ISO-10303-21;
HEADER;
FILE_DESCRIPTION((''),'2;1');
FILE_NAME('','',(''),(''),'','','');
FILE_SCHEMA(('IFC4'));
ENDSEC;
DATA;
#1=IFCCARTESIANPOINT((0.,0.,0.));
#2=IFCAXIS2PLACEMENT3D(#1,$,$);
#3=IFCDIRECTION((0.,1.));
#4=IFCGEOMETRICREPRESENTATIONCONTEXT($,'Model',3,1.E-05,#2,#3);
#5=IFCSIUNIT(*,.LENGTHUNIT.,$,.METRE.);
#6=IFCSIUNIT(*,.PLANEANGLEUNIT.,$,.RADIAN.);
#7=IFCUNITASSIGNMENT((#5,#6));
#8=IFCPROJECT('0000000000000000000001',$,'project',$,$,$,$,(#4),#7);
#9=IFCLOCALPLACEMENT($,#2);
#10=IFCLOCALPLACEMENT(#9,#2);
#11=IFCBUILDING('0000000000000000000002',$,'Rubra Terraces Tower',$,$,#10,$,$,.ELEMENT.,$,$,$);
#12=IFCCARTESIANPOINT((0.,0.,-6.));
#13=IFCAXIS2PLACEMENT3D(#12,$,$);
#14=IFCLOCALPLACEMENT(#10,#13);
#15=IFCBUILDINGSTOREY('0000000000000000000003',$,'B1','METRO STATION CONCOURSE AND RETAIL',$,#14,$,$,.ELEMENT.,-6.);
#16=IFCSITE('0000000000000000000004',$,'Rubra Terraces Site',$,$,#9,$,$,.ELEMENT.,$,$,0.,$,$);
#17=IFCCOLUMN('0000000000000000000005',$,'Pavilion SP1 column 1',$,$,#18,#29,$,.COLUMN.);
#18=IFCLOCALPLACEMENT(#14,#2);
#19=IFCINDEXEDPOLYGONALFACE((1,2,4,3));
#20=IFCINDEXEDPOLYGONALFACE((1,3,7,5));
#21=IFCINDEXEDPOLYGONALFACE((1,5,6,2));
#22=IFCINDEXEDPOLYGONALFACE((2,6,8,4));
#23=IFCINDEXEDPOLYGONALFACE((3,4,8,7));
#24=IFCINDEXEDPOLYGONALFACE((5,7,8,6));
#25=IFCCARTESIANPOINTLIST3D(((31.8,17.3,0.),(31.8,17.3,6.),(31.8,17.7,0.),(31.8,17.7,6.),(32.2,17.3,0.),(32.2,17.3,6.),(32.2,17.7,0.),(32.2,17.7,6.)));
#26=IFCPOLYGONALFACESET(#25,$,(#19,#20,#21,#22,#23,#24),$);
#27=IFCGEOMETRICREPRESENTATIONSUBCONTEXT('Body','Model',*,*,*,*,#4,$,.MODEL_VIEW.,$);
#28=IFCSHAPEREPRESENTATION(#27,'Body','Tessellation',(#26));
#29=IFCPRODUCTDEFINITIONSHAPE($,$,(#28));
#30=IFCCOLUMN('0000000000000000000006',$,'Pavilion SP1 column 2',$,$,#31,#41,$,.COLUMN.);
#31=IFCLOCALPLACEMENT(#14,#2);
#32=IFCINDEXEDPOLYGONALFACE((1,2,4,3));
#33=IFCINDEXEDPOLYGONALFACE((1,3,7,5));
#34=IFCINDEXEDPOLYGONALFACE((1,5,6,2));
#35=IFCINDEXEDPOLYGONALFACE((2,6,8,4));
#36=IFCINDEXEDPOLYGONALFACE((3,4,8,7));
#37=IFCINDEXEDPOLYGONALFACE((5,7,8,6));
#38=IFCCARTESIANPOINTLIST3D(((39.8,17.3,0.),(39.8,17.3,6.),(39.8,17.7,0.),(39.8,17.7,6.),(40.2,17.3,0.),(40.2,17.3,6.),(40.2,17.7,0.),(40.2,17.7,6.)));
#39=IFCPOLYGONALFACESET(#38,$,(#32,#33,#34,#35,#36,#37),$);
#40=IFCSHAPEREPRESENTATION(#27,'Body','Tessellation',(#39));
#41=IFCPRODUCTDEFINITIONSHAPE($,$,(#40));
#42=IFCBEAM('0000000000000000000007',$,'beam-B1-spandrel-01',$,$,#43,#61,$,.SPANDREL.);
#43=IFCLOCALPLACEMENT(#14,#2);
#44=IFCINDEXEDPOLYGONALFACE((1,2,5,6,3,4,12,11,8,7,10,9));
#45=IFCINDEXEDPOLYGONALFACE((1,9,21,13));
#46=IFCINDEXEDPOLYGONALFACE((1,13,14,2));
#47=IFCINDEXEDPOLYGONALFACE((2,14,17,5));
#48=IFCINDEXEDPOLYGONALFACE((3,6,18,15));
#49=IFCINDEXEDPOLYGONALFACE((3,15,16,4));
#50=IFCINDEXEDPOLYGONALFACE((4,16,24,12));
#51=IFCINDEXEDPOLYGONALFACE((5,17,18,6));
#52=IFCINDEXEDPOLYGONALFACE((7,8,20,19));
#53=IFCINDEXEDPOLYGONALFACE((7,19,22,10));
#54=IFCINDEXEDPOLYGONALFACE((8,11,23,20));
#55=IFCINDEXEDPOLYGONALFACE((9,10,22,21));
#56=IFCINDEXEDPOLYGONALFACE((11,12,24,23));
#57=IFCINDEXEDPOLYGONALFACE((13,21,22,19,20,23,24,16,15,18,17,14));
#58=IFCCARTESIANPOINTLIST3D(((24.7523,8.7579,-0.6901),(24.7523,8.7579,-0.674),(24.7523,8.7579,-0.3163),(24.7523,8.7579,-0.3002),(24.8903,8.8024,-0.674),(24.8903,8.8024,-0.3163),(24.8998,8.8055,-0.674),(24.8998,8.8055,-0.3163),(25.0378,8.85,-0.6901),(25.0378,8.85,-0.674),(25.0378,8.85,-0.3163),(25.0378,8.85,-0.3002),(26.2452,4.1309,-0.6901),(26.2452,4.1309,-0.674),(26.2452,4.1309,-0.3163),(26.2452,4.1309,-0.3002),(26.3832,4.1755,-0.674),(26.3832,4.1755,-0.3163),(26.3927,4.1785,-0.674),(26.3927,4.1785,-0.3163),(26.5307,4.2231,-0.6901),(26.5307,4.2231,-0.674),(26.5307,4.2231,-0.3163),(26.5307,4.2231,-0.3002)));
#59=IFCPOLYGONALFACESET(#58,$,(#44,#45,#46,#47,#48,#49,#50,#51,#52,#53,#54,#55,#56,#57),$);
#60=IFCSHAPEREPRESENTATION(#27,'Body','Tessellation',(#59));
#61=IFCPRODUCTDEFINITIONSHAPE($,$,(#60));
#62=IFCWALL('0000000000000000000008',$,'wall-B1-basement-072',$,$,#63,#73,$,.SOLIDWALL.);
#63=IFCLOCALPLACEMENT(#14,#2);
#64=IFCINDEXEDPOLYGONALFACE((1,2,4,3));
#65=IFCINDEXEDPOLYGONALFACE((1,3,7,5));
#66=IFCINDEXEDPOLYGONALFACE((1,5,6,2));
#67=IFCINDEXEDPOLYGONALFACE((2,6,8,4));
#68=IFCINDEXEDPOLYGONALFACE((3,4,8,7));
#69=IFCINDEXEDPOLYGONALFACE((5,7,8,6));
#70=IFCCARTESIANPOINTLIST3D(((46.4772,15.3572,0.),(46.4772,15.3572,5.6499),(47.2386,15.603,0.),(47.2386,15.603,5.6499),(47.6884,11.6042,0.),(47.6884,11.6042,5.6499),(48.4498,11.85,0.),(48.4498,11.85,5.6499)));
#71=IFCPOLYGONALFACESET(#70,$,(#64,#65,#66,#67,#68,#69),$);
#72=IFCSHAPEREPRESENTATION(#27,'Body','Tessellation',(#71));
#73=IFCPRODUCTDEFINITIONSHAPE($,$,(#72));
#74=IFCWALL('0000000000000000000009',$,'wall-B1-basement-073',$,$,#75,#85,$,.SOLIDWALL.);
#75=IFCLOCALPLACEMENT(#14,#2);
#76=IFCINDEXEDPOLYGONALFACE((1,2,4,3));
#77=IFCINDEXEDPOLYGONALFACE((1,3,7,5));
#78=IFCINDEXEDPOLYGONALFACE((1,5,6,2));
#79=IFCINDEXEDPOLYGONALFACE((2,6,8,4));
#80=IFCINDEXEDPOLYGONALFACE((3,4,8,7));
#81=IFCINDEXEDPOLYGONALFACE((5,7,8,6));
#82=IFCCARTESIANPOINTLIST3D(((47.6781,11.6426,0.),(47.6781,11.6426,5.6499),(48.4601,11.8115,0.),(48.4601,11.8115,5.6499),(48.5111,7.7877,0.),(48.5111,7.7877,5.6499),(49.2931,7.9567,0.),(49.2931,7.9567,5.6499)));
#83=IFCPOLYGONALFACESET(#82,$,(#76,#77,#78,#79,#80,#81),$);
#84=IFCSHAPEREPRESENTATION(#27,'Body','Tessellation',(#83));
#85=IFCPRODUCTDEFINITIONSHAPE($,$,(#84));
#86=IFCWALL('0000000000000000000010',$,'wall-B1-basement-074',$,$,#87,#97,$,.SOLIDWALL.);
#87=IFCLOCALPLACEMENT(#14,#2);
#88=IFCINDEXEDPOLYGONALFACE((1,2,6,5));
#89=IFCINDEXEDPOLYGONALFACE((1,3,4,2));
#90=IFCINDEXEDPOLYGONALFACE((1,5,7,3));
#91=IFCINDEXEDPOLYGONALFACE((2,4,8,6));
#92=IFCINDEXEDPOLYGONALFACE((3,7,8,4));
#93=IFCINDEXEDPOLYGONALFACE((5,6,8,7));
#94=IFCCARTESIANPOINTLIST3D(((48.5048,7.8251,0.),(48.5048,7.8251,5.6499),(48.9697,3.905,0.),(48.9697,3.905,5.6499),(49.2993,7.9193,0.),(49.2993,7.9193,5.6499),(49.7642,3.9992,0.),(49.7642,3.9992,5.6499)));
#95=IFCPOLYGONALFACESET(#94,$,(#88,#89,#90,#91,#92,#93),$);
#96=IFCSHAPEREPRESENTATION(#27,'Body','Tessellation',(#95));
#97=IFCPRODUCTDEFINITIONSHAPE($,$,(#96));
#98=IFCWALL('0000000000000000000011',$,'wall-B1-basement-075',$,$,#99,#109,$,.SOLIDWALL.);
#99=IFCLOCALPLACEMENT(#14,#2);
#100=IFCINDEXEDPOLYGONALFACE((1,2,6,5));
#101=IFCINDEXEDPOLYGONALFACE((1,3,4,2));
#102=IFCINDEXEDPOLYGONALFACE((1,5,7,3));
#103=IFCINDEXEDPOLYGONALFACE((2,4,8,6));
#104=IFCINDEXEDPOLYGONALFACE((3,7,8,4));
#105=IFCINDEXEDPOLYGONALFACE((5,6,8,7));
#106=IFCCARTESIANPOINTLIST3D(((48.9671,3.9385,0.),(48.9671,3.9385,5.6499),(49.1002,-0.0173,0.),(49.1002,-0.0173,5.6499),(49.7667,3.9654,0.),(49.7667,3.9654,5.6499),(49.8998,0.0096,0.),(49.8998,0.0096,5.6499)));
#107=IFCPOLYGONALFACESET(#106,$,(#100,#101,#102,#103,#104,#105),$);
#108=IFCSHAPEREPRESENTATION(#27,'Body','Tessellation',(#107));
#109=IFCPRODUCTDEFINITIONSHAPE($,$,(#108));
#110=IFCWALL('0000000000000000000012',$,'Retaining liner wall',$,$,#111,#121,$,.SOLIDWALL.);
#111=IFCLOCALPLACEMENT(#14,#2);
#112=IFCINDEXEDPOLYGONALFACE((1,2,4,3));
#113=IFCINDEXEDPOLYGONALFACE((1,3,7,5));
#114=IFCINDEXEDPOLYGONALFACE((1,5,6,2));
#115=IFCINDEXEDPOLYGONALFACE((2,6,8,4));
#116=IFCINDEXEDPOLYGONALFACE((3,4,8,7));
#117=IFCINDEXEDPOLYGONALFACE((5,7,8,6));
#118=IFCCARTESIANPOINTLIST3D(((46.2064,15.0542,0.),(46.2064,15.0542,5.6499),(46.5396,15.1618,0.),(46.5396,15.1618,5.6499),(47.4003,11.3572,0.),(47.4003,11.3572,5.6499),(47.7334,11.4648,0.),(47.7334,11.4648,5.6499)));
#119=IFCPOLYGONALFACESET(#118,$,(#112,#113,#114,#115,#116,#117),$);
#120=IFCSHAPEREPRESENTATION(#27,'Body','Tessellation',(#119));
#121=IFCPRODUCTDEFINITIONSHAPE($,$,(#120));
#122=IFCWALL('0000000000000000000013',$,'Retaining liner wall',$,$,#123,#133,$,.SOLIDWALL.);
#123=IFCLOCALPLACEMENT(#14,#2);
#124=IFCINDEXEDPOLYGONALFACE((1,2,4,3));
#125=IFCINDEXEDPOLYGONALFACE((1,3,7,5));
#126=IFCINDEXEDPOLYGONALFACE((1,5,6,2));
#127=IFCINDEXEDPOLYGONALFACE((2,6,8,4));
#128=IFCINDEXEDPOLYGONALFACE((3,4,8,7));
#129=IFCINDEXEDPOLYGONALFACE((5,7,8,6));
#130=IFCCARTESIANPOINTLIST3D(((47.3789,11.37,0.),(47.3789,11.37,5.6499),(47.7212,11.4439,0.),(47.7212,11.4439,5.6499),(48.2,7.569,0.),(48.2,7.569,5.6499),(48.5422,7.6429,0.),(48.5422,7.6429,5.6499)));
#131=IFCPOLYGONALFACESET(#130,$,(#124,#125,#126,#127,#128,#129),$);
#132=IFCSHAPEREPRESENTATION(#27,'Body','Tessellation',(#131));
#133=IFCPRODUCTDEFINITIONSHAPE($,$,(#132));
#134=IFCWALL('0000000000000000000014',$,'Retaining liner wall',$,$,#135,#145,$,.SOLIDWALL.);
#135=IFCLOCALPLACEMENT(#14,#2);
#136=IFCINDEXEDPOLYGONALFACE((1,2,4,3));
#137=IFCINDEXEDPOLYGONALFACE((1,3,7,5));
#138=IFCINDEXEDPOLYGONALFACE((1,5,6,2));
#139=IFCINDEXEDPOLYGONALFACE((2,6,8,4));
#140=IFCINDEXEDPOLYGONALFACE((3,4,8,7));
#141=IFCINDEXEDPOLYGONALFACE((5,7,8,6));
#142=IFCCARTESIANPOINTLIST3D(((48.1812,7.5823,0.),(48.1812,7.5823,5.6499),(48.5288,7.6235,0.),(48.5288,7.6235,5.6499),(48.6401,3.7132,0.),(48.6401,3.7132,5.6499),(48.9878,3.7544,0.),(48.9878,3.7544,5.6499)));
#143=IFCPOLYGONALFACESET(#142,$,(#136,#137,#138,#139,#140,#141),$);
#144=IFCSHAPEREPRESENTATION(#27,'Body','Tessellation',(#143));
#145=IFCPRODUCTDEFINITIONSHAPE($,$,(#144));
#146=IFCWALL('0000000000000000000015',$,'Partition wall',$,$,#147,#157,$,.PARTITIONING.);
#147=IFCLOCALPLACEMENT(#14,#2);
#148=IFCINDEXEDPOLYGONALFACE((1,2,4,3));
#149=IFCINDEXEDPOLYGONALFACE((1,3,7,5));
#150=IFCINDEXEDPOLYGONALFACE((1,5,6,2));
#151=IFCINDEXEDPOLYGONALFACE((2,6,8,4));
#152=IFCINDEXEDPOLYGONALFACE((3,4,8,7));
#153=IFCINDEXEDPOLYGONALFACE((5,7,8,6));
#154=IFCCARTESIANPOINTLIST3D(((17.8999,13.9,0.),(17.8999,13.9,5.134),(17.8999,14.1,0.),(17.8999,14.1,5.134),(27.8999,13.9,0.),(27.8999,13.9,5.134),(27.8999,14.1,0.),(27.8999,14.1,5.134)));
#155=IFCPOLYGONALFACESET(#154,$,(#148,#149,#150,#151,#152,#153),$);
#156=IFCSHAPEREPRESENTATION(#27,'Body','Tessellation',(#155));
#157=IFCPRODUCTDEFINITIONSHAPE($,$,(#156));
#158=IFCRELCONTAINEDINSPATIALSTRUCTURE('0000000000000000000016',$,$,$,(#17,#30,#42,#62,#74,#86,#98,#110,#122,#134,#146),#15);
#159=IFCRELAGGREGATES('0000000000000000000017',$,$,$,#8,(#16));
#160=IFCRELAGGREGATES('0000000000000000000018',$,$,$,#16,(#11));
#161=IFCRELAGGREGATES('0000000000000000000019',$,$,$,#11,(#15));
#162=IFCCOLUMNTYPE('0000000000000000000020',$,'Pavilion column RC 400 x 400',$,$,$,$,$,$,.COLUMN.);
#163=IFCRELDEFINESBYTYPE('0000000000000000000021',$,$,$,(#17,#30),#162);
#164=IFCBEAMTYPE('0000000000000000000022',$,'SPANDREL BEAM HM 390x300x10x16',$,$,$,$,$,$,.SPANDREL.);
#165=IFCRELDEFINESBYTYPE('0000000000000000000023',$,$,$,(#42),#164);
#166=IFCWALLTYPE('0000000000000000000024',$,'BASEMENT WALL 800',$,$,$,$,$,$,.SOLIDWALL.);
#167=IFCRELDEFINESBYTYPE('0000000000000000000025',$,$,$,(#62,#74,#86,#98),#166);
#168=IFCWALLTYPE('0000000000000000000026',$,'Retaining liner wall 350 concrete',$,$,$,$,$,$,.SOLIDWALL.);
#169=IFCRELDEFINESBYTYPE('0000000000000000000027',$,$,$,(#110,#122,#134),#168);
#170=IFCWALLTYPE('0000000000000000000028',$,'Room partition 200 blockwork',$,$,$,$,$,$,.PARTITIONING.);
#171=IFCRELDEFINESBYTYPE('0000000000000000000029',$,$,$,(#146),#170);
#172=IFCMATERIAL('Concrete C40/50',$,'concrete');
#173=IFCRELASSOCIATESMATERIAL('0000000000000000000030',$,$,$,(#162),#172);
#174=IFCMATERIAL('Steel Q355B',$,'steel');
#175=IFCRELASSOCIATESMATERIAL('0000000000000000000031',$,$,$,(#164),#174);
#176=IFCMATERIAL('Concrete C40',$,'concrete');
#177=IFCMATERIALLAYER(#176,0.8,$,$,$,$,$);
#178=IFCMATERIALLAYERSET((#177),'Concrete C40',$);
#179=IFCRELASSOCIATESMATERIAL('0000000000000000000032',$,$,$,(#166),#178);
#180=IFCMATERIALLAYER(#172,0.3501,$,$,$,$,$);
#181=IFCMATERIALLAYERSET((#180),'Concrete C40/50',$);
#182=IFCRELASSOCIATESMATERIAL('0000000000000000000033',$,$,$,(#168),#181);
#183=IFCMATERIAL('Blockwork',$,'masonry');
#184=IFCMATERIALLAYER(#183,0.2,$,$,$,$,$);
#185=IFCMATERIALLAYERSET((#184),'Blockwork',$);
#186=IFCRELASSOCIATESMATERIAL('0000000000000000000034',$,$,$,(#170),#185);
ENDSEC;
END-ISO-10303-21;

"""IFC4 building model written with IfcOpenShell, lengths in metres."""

from ifc_helpers import new_model, si_unit, direction, frame, frame_2d, origin, origin_2d, place, context, subcontext, project, spatial, rectangle, i_section, extrude, material, layer, layer_set, material_profile, profile_set, type_object, element, save


model = new_model("IFC4")

# Units and contexts
model_context = context("Model", 3, precision=1e-05, world=origin(), true_north=direction((0.0, 1.0)))
body_context = subcontext(model_context, "Body", "Model", "MODEL_VIEW")
ifc_project = project(units=[si_unit("LENGTHUNIT", "METRE"), si_unit("PLANEANGLEUNIT", "RADIAN")], contexts=[model_context])

# Site, building, storey
site_placement = place(None, origin())
site = spatial("IfcSite", under=ifc_project, at=site_placement, Name="Rubra Terraces Site", CompositionType="ELEMENT", RefElevation=0.0)
building_placement = place(site_placement, origin())
building = spatial("IfcBuilding", under=site, at=building_placement, Name="Rubra Terraces Tower", CompositionType="ELEMENT")
storey_placement = place(building_placement, frame((0.0, 0.0, -6.0)))
storey = spatial("IfcBuildingStorey", under=building, at=storey_placement, Name="B1", Description="METRO STATION CONCOURSE AND RETAIL", CompositionType="ELEMENT", Elevation=-6.0)

# Columns
ifc_material_1 = material(Name="Concrete C40/50", Category="concrete")
ifc_material_profile_1 = material_profile(ifc_material_1, rectangle(XDim=0.3999, YDim=0.3999, at=origin_2d()), Name="RC 400x400")
ifc_profile_set_1 = profile_set([ifc_material_profile_1], Name="Concrete C40/50")
column_type = type_object("IfcColumnType", Name="Pavilion column RC 400 x 400", PredefinedType="COLUMN", material=ifc_profile_set_1)
for number, where, z_axis, x_axis, name in (
    (1, (32.0, 17.5, 0.0), (0.0, 0.0, 1.0), (1.0, 0.0, 0.0), "Pavilion SP1 column 1"),
    (2, (40.0, 17.5, 0.0), (0.0, 0.0, 1.0), (1.0, 0.0, 0.0), "Pavilion SP1 column 2"),
):
    element("IfcColumn", number, at=place(storey_placement, frame(where, z_axis=z_axis, x_axis=x_axis)), inside=storey, type_object=column_type, Name=name, PredefinedType="COLUMN", context=body_context, shape_type="SweptSolid", body=[
        extrude(rectangle(XDim=0.3999, YDim=0.3999, at=origin_2d()), origin(), (0.0, 0.0, 1.0), 6.0),
    ])

# Beam
ifc_material_2 = material(Name="Steel Q355B", Category="steel")
ifc_material_profile_2 = material_profile(ifc_material_2, i_section(OverallWidth=0.3, OverallDepth=0.3899, WebThickness=0.01, FlangeThickness=0.0161, at=origin_2d()), Name="HM 390x300x10x16")
ifc_profile_set_2 = profile_set([ifc_material_profile_2], Name="Steel Q355B")
beam_type = type_object("IfcBeamType", Name="SPANDREL BEAM HM 390x300x10x16", PredefinedType="SPANDREL", material=ifc_profile_set_2)
beam_placement = place(storey_placement, frame((26.3879, 4.177, -0.4951), z_axis=(-0.307069, 0.951687, 0.0), x_axis=(-0.951687, -0.307069, 0.0)))
element("IfcBeam", 3, at=beam_placement, inside=storey, type_object=beam_type, Name="beam-B1-spandrel-01", PredefinedType="SPANDREL", context=body_context, shape_type="SweptSolid", body=[
    extrude(i_section(OverallWidth=0.3, OverallDepth=0.3899, WebThickness=0.01, FlangeThickness=0.0161, at=origin_2d()), origin(), (0.0, 0.0, 1.0), 4.8618),
])

# Walls
ifc_material_3 = material(Name="Concrete C40", Category="concrete")
ifc_layer_1 = layer(ifc_material_3, 0.8)
ifc_layer_set_1 = layer_set([ifc_layer_1], Name="Concrete C40")
wall_type_1 = type_object("IfcWallType", Name="BASEMENT WALL 800", PredefinedType="SOLIDWALL", material=ifc_layer_set_1)
wall_1_placement = place(storey_placement, frame((46.8579, 15.48, 0.0), z_axis=(0.0, 0.0, 1.0), x_axis=(0.307131, -0.951667, 0.0)))
element("IfcWall", 4, at=wall_1_placement, inside=storey, type_object=wall_type_1, Name="wall-B1-basement-072", PredefinedType="SOLIDWALL", context=body_context, shape_type="SweptSolid", body=[
    extrude(rectangle(XDim=3.9436, YDim=0.8, at=frame_2d((1.9717, 0.0))), origin(), (0.0, 0.0, 1.0), 5.6499),
])
wall_2_placement = place(storey_placement, frame((48.0691, 11.7271, 0.0), z_axis=(0.0, 0.0, 1.0), x_axis=(0.211211, -0.97744, 0.0)))
element("IfcWall", 5, at=wall_2_placement, inside=storey, type_object=wall_type_1, Name="wall-B1-basement-073", PredefinedType="SOLIDWALL", context=body_context, shape_type="SweptSolid", body=[
    extrude(rectangle(XDim=3.9438, YDim=0.8, at=frame_2d((1.9719, 0.0))), origin(), (0.0, 0.0, 1.0), 5.6499),
])
wall_3_placement = place(storey_placement, frame((48.9021, 7.8721, 0.0), z_axis=(0.0, 0.0, 1.0), x_axis=(0.117753, -0.993043, 0.0)))
element("IfcWall", 6, at=wall_3_placement, inside=storey, type_object=wall_type_1, Name="wall-B1-basement-074", PredefinedType="SOLIDWALL", context=body_context, shape_type="SweptSolid", body=[
    extrude(rectangle(XDim=3.9475, YDim=0.8, at=frame_2d((1.9736, 0.0))), origin(), (0.0, 0.0, 1.0), 5.6499),
])
wall_4_placement = place(storey_placement, frame((49.3669, 3.9519, 0.0), z_axis=(0.0, 0.0, 1.0), x_axis=(0.033617, -0.999435, 0.0)))
element("IfcWall", 7, at=wall_4_placement, inside=storey, type_object=wall_type_1, Name="wall-B1-basement-075", PredefinedType="SOLIDWALL", context=body_context, shape_type="SweptSolid", body=[
    extrude(rectangle(XDim=3.958, YDim=0.8, at=frame_2d((1.979, 0.0))), origin(), (0.0, 0.0, 1.0), 5.6499),
])
ifc_layer_2 = layer(ifc_material_1, 0.3501)
ifc_layer_set_2 = layer_set([ifc_layer_2], Name="Concrete C40/50")
wall_type_2 = type_object("IfcWallType", Name="Retaining liner wall 350 concrete", PredefinedType="SOLIDWALL", material=ifc_layer_set_2)
wall_5_placement = place(storey_placement, frame((46.373, 15.1079, 0.0), z_axis=(0.0, 0.0, 1.0), x_axis=(0.307297, -0.951614, 0.0)))
element("IfcWall", 8, at=wall_5_placement, inside=storey, type_object=wall_type_2, Name="Retaining liner wall", PredefinedType="SOLIDWALL", context=body_context, shape_type="SweptSolid", body=[
    extrude(rectangle(XDim=3.885, YDim=0.3501, at=frame_2d((1.9424, 0.0))), origin(), (0.0, 0.0, 1.0), 5.6499),
])
wall_6_placement = place(storey_placement, frame((47.55, 11.407, 0.0), z_axis=(0.0, 0.0, 1.0), x_axis=(0.211137, -0.977457, 0.0)))
element("IfcWall", 9, at=wall_6_placement, inside=storey, type_object=wall_type_2, Name="Retaining liner wall", PredefinedType="SOLIDWALL", context=body_context, shape_type="SweptSolid", body=[
    extrude(rectangle(XDim=3.8887, YDim=0.3501, at=frame_2d((1.9443, 0.0))), origin(), (0.0, 0.0, 1.0), 5.6499),
])
wall_7_placement = place(storey_placement, frame((48.355, 7.603, 0.0), z_axis=(0.0, 0.0, 1.0), x_axis=(0.117801, -0.993037, 0.0)))
element("IfcWall", 10, at=wall_7_placement, inside=storey, type_object=wall_type_2, Name="Retaining liner wall", PredefinedType="SOLIDWALL", context=body_context, shape_type="SweptSolid", body=[
    extrude(rectangle(XDim=3.8962, YDim=0.3501, at=frame_2d((1.9482, 0.0))), origin(), (0.0, 0.0, 1.0), 5.6499),
])
ifc_material_4 = material(Name="Blockwork", Category="masonry")
ifc_layer_3 = layer(ifc_material_4, 0.2)
ifc_layer_set_3 = layer_set([ifc_layer_3], Name="Blockwork")
wall_type_3 = type_object("IfcWallType", Name="Room partition 200 blockwork", PredefinedType="PARTITIONING", material=ifc_layer_set_3)
wall_8_placement = place(storey_placement, frame((27.8999, 14.0, 0.0), z_axis=(0.0, 0.0, 1.0), x_axis=(-1.0, 0.0, 0.0)))
element("IfcWall", 11, at=wall_8_placement, inside=storey, type_object=wall_type_3, Name="Partition wall", PredefinedType="PARTITIONING", context=body_context, shape_type="SweptSolid", body=[
    extrude(rectangle(XDim=10.0, YDim=0.2, at=frame_2d((5.0, 0.0))), origin(), (0.0, 0.0, 1.0), 5.134),
])

save(model, "model.ifc")
